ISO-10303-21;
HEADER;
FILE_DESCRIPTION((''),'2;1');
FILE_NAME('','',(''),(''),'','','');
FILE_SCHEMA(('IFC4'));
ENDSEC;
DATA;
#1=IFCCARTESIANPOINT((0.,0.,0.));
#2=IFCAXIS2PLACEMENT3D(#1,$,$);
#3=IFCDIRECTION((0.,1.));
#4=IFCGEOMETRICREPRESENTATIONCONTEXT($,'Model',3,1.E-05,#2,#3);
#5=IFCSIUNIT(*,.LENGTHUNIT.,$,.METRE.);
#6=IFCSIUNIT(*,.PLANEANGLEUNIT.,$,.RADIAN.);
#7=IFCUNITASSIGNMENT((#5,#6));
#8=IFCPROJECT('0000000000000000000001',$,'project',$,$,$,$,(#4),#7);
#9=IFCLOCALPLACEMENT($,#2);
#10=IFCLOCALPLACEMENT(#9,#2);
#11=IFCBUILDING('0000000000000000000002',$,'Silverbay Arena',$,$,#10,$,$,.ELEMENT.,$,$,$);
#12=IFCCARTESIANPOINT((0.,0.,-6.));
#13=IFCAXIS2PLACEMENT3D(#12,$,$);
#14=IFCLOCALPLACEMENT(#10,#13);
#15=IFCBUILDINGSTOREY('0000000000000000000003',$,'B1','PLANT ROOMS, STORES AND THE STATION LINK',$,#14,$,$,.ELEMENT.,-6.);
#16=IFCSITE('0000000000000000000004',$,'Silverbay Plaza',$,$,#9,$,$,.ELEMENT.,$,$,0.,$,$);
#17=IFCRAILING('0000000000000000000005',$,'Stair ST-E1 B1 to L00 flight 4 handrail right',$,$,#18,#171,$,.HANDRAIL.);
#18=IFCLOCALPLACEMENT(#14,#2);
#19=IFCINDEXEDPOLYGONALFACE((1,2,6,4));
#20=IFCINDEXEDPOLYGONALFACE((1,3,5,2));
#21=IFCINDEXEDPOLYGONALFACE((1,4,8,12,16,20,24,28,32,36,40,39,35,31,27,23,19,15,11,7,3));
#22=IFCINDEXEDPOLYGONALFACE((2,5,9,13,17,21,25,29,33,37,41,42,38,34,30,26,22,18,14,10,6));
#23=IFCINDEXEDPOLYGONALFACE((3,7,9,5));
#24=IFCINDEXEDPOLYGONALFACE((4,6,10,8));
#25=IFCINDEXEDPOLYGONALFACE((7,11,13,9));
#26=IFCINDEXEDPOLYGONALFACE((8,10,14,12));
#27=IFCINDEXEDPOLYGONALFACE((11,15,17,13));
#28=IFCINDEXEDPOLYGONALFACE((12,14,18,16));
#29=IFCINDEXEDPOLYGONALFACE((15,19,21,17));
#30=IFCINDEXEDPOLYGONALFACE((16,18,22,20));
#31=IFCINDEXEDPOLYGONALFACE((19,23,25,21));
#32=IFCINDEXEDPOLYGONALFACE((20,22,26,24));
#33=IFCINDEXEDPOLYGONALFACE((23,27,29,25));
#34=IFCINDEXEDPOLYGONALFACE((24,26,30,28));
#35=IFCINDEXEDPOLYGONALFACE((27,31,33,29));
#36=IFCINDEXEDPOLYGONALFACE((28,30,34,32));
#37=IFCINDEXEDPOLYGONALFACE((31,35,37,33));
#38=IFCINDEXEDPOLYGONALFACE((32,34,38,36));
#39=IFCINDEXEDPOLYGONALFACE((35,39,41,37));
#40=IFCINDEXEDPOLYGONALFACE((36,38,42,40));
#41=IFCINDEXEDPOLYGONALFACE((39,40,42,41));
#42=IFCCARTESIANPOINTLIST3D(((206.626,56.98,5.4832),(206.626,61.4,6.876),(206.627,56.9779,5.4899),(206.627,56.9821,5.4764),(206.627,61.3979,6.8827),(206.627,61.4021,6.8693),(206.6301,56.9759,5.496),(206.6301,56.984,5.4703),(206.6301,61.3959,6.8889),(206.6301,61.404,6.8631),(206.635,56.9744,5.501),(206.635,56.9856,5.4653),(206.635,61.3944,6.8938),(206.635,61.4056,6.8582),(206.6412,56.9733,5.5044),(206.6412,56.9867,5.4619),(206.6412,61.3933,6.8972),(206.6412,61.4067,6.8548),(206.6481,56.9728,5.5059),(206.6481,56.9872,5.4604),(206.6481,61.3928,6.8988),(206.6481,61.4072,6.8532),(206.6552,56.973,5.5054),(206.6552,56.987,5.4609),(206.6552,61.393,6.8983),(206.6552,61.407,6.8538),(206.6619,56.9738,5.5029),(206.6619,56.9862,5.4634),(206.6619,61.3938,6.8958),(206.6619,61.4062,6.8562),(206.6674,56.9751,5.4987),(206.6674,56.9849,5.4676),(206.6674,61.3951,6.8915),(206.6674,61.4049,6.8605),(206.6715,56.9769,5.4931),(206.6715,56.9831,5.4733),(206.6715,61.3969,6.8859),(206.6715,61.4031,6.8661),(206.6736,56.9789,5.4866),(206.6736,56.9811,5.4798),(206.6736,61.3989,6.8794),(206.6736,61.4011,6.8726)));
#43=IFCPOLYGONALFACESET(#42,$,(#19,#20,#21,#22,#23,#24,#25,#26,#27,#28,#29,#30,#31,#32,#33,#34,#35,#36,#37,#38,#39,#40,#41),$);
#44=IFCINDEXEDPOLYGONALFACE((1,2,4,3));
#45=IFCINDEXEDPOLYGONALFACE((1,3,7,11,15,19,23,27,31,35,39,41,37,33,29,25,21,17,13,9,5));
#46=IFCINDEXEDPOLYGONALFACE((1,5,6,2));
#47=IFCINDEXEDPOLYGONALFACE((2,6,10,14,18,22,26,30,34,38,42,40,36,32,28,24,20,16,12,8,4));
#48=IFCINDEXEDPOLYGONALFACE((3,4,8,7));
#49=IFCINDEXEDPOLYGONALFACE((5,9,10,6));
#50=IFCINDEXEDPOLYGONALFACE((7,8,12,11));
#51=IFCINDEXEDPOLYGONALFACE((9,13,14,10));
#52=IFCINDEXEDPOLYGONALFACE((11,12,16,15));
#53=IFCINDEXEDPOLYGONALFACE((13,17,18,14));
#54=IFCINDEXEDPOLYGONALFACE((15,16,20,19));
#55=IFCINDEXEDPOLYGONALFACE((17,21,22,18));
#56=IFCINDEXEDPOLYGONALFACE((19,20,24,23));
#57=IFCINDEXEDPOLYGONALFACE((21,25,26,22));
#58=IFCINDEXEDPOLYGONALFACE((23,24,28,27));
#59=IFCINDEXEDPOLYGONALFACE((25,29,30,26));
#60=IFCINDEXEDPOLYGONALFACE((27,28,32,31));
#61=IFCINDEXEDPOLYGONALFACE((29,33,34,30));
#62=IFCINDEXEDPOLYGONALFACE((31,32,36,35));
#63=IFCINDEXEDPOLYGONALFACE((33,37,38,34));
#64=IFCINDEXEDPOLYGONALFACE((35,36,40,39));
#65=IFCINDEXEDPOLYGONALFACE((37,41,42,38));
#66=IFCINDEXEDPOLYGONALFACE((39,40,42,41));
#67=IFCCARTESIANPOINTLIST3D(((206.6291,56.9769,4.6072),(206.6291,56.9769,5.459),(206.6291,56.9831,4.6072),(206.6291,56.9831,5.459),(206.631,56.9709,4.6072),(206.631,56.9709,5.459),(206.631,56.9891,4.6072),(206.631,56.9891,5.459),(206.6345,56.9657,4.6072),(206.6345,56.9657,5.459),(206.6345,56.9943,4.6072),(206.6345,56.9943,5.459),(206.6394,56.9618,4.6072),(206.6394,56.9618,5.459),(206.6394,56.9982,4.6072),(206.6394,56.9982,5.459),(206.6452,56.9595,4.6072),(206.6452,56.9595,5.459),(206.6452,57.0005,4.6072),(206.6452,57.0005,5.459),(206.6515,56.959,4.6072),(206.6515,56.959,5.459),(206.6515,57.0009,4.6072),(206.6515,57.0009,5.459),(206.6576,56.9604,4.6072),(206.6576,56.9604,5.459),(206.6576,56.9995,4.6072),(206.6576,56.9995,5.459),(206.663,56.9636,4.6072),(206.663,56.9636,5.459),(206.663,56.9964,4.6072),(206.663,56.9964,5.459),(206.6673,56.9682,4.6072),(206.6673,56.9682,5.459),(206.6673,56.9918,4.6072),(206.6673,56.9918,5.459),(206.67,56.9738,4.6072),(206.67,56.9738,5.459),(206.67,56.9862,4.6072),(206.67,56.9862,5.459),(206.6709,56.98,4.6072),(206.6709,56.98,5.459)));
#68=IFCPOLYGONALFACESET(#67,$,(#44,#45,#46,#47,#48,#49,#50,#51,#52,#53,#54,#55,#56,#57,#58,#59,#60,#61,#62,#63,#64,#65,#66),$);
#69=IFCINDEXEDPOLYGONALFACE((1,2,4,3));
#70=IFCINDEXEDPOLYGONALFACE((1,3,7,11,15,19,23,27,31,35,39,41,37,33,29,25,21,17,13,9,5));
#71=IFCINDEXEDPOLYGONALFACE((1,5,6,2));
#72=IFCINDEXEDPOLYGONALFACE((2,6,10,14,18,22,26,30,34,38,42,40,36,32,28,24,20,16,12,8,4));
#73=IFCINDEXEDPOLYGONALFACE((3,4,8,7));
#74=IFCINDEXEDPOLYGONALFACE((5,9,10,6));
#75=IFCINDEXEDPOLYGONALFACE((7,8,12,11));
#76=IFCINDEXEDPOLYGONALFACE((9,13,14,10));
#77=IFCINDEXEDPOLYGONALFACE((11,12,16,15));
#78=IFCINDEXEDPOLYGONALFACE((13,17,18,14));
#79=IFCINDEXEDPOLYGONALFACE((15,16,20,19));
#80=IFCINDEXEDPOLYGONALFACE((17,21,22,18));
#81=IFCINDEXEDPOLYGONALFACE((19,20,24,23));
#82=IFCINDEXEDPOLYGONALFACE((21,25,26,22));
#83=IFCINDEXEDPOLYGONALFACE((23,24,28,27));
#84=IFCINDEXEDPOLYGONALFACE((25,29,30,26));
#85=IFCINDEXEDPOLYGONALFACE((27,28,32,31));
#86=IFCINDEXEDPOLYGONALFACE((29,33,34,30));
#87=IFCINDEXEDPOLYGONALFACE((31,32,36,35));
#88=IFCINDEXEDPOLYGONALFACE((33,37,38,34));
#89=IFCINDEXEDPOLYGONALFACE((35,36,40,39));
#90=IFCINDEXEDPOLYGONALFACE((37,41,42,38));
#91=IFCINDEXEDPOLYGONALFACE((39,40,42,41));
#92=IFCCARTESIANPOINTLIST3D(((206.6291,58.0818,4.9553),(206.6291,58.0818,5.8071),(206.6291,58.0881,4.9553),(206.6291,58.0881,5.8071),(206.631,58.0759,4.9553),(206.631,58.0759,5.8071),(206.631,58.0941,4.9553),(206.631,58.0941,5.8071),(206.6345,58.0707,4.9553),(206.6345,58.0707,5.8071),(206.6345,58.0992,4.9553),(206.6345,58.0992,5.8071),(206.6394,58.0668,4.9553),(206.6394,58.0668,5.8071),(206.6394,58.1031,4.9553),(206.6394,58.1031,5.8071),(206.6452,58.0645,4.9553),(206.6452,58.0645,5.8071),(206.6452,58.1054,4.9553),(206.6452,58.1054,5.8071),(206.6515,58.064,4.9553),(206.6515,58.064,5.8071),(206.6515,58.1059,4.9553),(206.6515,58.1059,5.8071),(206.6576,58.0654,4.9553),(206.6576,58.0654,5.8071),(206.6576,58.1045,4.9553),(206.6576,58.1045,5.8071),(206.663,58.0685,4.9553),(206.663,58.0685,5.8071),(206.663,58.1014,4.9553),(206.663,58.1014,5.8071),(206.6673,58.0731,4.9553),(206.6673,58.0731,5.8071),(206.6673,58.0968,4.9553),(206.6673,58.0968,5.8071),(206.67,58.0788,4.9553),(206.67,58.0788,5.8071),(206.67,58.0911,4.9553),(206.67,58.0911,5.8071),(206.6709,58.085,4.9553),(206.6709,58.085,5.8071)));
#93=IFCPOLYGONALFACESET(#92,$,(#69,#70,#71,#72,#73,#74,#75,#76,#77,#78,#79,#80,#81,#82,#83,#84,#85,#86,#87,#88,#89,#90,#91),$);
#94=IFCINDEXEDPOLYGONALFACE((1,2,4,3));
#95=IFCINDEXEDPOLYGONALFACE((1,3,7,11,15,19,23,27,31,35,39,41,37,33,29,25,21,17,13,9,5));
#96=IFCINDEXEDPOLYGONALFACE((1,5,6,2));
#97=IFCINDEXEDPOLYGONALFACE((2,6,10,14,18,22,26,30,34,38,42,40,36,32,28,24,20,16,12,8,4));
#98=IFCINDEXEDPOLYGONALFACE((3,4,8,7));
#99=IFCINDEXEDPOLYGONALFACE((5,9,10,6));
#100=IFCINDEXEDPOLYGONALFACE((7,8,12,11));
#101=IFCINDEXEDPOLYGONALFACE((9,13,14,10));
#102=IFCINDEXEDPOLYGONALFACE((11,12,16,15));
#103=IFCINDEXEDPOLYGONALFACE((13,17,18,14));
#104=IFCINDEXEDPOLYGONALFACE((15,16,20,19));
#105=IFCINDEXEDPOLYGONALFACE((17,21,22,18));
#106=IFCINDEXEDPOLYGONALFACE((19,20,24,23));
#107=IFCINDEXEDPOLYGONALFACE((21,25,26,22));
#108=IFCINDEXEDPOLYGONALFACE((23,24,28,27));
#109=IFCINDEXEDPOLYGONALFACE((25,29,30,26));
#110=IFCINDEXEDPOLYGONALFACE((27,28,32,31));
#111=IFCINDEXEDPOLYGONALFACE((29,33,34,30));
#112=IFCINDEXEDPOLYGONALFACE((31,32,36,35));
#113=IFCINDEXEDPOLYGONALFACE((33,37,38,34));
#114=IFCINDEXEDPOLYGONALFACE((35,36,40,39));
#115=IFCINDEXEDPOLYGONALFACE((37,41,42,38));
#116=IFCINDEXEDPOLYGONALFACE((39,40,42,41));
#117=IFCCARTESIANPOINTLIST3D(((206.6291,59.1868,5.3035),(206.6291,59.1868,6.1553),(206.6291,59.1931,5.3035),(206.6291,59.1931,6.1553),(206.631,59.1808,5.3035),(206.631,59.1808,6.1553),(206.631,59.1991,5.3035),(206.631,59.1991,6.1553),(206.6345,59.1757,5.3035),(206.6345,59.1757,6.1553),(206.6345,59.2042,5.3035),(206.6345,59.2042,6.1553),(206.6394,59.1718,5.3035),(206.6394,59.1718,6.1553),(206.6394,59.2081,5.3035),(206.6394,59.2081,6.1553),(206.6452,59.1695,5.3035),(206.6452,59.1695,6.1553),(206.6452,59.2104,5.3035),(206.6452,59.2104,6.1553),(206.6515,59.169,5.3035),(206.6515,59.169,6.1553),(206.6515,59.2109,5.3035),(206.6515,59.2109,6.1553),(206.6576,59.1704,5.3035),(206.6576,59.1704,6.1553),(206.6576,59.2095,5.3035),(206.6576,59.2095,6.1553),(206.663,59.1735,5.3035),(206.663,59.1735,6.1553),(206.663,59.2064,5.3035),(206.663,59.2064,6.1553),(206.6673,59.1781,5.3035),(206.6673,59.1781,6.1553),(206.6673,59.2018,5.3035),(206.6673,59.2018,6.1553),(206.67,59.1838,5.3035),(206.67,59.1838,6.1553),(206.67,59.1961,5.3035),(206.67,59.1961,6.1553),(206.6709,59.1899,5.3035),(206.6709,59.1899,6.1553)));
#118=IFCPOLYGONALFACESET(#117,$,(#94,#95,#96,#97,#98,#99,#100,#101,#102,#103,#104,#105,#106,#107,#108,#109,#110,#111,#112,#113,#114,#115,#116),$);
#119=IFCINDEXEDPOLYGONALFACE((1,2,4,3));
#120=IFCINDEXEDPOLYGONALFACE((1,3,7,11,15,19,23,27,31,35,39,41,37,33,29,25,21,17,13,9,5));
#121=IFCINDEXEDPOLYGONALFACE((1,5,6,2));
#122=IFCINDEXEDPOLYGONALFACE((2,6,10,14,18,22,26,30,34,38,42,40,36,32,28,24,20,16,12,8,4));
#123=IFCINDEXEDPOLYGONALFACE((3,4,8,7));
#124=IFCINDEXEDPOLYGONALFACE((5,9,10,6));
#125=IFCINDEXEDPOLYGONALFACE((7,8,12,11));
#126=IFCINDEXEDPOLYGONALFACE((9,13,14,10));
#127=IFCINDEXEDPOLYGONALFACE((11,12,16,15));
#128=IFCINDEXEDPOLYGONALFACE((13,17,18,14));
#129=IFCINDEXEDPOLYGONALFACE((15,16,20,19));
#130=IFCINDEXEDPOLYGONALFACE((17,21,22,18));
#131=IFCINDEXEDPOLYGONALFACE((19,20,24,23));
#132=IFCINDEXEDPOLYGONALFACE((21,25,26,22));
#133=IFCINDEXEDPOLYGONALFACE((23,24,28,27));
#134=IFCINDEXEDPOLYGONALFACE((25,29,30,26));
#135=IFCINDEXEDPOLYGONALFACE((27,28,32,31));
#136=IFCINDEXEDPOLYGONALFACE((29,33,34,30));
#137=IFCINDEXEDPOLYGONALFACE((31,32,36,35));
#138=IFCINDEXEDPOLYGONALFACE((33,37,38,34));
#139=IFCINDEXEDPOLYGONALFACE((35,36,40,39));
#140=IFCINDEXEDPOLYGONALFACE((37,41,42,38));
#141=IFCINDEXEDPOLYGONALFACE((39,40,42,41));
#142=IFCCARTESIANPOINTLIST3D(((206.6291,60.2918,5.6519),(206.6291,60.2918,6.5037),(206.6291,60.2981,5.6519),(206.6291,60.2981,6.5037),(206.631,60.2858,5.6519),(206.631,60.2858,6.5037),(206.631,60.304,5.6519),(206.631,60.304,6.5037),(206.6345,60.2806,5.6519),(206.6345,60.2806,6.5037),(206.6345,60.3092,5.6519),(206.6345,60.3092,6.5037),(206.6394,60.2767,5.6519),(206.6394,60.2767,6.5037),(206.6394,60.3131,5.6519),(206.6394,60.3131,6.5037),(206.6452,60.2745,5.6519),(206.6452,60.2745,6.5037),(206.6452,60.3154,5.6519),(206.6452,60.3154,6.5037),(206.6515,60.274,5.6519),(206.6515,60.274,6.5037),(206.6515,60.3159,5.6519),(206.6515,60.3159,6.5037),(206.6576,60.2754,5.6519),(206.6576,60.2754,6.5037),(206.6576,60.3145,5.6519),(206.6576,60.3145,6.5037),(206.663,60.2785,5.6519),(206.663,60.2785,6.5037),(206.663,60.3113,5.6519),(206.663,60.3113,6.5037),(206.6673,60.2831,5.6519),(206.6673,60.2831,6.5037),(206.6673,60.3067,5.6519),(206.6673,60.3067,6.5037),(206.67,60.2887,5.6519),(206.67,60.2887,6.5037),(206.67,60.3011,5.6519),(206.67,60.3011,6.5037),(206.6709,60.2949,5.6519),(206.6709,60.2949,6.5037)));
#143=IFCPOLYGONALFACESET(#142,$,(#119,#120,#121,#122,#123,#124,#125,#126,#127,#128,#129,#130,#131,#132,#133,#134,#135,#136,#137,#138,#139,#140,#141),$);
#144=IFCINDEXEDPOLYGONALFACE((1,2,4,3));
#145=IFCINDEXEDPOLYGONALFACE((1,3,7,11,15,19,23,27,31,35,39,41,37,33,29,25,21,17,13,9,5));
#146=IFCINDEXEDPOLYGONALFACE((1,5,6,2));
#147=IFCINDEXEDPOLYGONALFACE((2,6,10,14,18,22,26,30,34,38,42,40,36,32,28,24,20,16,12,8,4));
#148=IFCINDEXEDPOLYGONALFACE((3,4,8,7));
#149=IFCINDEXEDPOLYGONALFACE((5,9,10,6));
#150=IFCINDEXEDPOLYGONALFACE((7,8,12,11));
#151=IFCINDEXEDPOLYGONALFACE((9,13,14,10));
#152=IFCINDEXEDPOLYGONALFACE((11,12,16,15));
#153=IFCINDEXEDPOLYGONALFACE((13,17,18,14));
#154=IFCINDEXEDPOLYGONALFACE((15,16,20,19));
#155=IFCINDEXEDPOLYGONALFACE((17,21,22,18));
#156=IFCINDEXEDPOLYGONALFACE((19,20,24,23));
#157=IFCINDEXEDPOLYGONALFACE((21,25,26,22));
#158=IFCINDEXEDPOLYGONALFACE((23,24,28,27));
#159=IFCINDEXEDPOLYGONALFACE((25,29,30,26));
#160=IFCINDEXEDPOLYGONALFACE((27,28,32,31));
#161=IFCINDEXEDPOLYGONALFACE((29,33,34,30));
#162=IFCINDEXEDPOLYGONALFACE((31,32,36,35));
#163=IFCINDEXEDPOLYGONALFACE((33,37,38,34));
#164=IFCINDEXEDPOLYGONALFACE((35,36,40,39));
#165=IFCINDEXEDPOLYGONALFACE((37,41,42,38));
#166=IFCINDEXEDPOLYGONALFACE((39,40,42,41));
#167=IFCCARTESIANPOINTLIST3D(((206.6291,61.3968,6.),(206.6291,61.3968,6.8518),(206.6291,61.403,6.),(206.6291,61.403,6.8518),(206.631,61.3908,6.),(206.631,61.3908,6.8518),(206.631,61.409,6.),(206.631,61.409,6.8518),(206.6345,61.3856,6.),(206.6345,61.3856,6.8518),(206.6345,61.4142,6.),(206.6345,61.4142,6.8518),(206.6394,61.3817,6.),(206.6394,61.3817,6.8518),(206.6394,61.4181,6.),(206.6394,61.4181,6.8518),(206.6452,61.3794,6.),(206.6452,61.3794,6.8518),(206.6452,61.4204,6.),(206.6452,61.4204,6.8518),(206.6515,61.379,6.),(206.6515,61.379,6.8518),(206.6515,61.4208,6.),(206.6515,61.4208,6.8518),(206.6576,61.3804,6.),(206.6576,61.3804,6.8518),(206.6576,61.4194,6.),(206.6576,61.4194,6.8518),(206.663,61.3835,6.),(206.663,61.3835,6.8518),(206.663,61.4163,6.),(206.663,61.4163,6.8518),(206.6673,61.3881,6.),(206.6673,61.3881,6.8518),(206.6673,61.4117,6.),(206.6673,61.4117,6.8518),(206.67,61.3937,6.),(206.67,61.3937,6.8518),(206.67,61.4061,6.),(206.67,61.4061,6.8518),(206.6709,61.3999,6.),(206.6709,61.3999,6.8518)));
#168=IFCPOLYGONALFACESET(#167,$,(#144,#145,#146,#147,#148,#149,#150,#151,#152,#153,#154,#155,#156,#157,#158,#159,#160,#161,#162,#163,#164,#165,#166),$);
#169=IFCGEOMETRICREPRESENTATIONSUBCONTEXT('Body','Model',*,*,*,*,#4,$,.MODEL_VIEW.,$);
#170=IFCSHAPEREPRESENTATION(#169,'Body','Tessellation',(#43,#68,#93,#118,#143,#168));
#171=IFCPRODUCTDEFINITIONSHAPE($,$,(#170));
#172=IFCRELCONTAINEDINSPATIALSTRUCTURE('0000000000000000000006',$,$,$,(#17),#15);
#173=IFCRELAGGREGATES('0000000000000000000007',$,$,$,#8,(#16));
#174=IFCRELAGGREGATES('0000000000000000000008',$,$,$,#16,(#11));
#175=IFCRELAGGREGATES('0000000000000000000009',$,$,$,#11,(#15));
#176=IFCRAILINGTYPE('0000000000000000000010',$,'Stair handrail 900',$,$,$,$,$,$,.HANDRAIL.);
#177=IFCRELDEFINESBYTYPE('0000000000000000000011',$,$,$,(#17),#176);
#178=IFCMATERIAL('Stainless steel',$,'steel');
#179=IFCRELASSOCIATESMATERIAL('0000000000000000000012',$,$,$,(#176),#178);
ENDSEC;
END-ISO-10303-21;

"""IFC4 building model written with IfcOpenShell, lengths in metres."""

from ifc_helpers import new_model, si_unit, direction, frame, origin, origin_2d, place, context, subcontext, project, spatial, circle, extrude, material, type_object, element, save


model = new_model("IFC4")

# Units and contexts
model_context = context("Model", 3, precision=1e-05, world=origin(), true_north=direction((0.0, 1.0)))
body_context = subcontext(model_context, "Body", "Model", "MODEL_VIEW")
ifc_project = project(units=[si_unit("LENGTHUNIT", "METRE"), si_unit("PLANEANGLEUNIT", "RADIAN")], contexts=[model_context])

# Site, building, storey
site_placement = place(None, origin())
site = spatial("IfcSite", under=ifc_project, at=site_placement, Name="Silverbay Plaza", CompositionType="ELEMENT", RefElevation=0.0)
building_placement = place(site_placement, origin())
building = spatial("IfcBuilding", under=site, at=building_placement, Name="Silverbay Arena", CompositionType="ELEMENT")
storey_placement = place(building_placement, frame((0.0, 0.0, -6.0)))
storey = spatial("IfcBuildingStorey", under=building, at=storey_placement, Name="B1", Description="PLANT ROOMS, STORES AND THE STATION LINK", CompositionType="ELEMENT", Elevation=-6.0)

# Railing
ifc_material_1 = material(Name="Stainless steel", Category="steel")
railing_type = type_object("IfcRailingType", Name="Stair handrail 900", PredefinedType="HANDRAIL", material=ifc_material_1)
railing_1_placement = place(storey_placement, frame((206.6499, 56.98, 4.6072)))
element("IfcRailing", 1, at=railing_1_placement, inside=storey, type_object=railing_type, Name="Stair ST-E1 B1 to L00 flight 4 handrail right", PredefinedType="HANDRAIL", context=body_context, shape_type="SweptSolid", body=[
    extrude(circle(Radius=0.0239, at=origin_2d()), frame((0.0, 0.0, 0.876), z_axis=(0.0, 0.953765, 0.300554), x_axis=(-1.0, 0.0, 0.0)), (0.0, 0.0, 1.0), 4.6343),
    extrude(circle(Radius=0.021, at=origin_2d()), origin(), (0.0, 0.0, 1.0), 0.8518),
    extrude(circle(Radius=0.021, at=origin_2d()), frame((0.0, 1.105, 0.3481)), (0.0, 0.0, 1.0), 0.8518),
    extrude(circle(Radius=0.021, at=origin_2d()), frame((0.0, 2.21, 0.6963)), (0.0, 0.0, 1.0), 0.8518),
    extrude(circle(Radius=0.021, at=origin_2d()), frame((0.0, 3.3149, 1.0447)), (0.0, 0.0, 1.0), 0.8518),
    extrude(circle(Radius=0.021, at=origin_2d()), frame((0.0, 4.4199, 1.3928)), (0.0, 0.0, 1.0), 0.8518),
])

save(model, "model.ifc")
